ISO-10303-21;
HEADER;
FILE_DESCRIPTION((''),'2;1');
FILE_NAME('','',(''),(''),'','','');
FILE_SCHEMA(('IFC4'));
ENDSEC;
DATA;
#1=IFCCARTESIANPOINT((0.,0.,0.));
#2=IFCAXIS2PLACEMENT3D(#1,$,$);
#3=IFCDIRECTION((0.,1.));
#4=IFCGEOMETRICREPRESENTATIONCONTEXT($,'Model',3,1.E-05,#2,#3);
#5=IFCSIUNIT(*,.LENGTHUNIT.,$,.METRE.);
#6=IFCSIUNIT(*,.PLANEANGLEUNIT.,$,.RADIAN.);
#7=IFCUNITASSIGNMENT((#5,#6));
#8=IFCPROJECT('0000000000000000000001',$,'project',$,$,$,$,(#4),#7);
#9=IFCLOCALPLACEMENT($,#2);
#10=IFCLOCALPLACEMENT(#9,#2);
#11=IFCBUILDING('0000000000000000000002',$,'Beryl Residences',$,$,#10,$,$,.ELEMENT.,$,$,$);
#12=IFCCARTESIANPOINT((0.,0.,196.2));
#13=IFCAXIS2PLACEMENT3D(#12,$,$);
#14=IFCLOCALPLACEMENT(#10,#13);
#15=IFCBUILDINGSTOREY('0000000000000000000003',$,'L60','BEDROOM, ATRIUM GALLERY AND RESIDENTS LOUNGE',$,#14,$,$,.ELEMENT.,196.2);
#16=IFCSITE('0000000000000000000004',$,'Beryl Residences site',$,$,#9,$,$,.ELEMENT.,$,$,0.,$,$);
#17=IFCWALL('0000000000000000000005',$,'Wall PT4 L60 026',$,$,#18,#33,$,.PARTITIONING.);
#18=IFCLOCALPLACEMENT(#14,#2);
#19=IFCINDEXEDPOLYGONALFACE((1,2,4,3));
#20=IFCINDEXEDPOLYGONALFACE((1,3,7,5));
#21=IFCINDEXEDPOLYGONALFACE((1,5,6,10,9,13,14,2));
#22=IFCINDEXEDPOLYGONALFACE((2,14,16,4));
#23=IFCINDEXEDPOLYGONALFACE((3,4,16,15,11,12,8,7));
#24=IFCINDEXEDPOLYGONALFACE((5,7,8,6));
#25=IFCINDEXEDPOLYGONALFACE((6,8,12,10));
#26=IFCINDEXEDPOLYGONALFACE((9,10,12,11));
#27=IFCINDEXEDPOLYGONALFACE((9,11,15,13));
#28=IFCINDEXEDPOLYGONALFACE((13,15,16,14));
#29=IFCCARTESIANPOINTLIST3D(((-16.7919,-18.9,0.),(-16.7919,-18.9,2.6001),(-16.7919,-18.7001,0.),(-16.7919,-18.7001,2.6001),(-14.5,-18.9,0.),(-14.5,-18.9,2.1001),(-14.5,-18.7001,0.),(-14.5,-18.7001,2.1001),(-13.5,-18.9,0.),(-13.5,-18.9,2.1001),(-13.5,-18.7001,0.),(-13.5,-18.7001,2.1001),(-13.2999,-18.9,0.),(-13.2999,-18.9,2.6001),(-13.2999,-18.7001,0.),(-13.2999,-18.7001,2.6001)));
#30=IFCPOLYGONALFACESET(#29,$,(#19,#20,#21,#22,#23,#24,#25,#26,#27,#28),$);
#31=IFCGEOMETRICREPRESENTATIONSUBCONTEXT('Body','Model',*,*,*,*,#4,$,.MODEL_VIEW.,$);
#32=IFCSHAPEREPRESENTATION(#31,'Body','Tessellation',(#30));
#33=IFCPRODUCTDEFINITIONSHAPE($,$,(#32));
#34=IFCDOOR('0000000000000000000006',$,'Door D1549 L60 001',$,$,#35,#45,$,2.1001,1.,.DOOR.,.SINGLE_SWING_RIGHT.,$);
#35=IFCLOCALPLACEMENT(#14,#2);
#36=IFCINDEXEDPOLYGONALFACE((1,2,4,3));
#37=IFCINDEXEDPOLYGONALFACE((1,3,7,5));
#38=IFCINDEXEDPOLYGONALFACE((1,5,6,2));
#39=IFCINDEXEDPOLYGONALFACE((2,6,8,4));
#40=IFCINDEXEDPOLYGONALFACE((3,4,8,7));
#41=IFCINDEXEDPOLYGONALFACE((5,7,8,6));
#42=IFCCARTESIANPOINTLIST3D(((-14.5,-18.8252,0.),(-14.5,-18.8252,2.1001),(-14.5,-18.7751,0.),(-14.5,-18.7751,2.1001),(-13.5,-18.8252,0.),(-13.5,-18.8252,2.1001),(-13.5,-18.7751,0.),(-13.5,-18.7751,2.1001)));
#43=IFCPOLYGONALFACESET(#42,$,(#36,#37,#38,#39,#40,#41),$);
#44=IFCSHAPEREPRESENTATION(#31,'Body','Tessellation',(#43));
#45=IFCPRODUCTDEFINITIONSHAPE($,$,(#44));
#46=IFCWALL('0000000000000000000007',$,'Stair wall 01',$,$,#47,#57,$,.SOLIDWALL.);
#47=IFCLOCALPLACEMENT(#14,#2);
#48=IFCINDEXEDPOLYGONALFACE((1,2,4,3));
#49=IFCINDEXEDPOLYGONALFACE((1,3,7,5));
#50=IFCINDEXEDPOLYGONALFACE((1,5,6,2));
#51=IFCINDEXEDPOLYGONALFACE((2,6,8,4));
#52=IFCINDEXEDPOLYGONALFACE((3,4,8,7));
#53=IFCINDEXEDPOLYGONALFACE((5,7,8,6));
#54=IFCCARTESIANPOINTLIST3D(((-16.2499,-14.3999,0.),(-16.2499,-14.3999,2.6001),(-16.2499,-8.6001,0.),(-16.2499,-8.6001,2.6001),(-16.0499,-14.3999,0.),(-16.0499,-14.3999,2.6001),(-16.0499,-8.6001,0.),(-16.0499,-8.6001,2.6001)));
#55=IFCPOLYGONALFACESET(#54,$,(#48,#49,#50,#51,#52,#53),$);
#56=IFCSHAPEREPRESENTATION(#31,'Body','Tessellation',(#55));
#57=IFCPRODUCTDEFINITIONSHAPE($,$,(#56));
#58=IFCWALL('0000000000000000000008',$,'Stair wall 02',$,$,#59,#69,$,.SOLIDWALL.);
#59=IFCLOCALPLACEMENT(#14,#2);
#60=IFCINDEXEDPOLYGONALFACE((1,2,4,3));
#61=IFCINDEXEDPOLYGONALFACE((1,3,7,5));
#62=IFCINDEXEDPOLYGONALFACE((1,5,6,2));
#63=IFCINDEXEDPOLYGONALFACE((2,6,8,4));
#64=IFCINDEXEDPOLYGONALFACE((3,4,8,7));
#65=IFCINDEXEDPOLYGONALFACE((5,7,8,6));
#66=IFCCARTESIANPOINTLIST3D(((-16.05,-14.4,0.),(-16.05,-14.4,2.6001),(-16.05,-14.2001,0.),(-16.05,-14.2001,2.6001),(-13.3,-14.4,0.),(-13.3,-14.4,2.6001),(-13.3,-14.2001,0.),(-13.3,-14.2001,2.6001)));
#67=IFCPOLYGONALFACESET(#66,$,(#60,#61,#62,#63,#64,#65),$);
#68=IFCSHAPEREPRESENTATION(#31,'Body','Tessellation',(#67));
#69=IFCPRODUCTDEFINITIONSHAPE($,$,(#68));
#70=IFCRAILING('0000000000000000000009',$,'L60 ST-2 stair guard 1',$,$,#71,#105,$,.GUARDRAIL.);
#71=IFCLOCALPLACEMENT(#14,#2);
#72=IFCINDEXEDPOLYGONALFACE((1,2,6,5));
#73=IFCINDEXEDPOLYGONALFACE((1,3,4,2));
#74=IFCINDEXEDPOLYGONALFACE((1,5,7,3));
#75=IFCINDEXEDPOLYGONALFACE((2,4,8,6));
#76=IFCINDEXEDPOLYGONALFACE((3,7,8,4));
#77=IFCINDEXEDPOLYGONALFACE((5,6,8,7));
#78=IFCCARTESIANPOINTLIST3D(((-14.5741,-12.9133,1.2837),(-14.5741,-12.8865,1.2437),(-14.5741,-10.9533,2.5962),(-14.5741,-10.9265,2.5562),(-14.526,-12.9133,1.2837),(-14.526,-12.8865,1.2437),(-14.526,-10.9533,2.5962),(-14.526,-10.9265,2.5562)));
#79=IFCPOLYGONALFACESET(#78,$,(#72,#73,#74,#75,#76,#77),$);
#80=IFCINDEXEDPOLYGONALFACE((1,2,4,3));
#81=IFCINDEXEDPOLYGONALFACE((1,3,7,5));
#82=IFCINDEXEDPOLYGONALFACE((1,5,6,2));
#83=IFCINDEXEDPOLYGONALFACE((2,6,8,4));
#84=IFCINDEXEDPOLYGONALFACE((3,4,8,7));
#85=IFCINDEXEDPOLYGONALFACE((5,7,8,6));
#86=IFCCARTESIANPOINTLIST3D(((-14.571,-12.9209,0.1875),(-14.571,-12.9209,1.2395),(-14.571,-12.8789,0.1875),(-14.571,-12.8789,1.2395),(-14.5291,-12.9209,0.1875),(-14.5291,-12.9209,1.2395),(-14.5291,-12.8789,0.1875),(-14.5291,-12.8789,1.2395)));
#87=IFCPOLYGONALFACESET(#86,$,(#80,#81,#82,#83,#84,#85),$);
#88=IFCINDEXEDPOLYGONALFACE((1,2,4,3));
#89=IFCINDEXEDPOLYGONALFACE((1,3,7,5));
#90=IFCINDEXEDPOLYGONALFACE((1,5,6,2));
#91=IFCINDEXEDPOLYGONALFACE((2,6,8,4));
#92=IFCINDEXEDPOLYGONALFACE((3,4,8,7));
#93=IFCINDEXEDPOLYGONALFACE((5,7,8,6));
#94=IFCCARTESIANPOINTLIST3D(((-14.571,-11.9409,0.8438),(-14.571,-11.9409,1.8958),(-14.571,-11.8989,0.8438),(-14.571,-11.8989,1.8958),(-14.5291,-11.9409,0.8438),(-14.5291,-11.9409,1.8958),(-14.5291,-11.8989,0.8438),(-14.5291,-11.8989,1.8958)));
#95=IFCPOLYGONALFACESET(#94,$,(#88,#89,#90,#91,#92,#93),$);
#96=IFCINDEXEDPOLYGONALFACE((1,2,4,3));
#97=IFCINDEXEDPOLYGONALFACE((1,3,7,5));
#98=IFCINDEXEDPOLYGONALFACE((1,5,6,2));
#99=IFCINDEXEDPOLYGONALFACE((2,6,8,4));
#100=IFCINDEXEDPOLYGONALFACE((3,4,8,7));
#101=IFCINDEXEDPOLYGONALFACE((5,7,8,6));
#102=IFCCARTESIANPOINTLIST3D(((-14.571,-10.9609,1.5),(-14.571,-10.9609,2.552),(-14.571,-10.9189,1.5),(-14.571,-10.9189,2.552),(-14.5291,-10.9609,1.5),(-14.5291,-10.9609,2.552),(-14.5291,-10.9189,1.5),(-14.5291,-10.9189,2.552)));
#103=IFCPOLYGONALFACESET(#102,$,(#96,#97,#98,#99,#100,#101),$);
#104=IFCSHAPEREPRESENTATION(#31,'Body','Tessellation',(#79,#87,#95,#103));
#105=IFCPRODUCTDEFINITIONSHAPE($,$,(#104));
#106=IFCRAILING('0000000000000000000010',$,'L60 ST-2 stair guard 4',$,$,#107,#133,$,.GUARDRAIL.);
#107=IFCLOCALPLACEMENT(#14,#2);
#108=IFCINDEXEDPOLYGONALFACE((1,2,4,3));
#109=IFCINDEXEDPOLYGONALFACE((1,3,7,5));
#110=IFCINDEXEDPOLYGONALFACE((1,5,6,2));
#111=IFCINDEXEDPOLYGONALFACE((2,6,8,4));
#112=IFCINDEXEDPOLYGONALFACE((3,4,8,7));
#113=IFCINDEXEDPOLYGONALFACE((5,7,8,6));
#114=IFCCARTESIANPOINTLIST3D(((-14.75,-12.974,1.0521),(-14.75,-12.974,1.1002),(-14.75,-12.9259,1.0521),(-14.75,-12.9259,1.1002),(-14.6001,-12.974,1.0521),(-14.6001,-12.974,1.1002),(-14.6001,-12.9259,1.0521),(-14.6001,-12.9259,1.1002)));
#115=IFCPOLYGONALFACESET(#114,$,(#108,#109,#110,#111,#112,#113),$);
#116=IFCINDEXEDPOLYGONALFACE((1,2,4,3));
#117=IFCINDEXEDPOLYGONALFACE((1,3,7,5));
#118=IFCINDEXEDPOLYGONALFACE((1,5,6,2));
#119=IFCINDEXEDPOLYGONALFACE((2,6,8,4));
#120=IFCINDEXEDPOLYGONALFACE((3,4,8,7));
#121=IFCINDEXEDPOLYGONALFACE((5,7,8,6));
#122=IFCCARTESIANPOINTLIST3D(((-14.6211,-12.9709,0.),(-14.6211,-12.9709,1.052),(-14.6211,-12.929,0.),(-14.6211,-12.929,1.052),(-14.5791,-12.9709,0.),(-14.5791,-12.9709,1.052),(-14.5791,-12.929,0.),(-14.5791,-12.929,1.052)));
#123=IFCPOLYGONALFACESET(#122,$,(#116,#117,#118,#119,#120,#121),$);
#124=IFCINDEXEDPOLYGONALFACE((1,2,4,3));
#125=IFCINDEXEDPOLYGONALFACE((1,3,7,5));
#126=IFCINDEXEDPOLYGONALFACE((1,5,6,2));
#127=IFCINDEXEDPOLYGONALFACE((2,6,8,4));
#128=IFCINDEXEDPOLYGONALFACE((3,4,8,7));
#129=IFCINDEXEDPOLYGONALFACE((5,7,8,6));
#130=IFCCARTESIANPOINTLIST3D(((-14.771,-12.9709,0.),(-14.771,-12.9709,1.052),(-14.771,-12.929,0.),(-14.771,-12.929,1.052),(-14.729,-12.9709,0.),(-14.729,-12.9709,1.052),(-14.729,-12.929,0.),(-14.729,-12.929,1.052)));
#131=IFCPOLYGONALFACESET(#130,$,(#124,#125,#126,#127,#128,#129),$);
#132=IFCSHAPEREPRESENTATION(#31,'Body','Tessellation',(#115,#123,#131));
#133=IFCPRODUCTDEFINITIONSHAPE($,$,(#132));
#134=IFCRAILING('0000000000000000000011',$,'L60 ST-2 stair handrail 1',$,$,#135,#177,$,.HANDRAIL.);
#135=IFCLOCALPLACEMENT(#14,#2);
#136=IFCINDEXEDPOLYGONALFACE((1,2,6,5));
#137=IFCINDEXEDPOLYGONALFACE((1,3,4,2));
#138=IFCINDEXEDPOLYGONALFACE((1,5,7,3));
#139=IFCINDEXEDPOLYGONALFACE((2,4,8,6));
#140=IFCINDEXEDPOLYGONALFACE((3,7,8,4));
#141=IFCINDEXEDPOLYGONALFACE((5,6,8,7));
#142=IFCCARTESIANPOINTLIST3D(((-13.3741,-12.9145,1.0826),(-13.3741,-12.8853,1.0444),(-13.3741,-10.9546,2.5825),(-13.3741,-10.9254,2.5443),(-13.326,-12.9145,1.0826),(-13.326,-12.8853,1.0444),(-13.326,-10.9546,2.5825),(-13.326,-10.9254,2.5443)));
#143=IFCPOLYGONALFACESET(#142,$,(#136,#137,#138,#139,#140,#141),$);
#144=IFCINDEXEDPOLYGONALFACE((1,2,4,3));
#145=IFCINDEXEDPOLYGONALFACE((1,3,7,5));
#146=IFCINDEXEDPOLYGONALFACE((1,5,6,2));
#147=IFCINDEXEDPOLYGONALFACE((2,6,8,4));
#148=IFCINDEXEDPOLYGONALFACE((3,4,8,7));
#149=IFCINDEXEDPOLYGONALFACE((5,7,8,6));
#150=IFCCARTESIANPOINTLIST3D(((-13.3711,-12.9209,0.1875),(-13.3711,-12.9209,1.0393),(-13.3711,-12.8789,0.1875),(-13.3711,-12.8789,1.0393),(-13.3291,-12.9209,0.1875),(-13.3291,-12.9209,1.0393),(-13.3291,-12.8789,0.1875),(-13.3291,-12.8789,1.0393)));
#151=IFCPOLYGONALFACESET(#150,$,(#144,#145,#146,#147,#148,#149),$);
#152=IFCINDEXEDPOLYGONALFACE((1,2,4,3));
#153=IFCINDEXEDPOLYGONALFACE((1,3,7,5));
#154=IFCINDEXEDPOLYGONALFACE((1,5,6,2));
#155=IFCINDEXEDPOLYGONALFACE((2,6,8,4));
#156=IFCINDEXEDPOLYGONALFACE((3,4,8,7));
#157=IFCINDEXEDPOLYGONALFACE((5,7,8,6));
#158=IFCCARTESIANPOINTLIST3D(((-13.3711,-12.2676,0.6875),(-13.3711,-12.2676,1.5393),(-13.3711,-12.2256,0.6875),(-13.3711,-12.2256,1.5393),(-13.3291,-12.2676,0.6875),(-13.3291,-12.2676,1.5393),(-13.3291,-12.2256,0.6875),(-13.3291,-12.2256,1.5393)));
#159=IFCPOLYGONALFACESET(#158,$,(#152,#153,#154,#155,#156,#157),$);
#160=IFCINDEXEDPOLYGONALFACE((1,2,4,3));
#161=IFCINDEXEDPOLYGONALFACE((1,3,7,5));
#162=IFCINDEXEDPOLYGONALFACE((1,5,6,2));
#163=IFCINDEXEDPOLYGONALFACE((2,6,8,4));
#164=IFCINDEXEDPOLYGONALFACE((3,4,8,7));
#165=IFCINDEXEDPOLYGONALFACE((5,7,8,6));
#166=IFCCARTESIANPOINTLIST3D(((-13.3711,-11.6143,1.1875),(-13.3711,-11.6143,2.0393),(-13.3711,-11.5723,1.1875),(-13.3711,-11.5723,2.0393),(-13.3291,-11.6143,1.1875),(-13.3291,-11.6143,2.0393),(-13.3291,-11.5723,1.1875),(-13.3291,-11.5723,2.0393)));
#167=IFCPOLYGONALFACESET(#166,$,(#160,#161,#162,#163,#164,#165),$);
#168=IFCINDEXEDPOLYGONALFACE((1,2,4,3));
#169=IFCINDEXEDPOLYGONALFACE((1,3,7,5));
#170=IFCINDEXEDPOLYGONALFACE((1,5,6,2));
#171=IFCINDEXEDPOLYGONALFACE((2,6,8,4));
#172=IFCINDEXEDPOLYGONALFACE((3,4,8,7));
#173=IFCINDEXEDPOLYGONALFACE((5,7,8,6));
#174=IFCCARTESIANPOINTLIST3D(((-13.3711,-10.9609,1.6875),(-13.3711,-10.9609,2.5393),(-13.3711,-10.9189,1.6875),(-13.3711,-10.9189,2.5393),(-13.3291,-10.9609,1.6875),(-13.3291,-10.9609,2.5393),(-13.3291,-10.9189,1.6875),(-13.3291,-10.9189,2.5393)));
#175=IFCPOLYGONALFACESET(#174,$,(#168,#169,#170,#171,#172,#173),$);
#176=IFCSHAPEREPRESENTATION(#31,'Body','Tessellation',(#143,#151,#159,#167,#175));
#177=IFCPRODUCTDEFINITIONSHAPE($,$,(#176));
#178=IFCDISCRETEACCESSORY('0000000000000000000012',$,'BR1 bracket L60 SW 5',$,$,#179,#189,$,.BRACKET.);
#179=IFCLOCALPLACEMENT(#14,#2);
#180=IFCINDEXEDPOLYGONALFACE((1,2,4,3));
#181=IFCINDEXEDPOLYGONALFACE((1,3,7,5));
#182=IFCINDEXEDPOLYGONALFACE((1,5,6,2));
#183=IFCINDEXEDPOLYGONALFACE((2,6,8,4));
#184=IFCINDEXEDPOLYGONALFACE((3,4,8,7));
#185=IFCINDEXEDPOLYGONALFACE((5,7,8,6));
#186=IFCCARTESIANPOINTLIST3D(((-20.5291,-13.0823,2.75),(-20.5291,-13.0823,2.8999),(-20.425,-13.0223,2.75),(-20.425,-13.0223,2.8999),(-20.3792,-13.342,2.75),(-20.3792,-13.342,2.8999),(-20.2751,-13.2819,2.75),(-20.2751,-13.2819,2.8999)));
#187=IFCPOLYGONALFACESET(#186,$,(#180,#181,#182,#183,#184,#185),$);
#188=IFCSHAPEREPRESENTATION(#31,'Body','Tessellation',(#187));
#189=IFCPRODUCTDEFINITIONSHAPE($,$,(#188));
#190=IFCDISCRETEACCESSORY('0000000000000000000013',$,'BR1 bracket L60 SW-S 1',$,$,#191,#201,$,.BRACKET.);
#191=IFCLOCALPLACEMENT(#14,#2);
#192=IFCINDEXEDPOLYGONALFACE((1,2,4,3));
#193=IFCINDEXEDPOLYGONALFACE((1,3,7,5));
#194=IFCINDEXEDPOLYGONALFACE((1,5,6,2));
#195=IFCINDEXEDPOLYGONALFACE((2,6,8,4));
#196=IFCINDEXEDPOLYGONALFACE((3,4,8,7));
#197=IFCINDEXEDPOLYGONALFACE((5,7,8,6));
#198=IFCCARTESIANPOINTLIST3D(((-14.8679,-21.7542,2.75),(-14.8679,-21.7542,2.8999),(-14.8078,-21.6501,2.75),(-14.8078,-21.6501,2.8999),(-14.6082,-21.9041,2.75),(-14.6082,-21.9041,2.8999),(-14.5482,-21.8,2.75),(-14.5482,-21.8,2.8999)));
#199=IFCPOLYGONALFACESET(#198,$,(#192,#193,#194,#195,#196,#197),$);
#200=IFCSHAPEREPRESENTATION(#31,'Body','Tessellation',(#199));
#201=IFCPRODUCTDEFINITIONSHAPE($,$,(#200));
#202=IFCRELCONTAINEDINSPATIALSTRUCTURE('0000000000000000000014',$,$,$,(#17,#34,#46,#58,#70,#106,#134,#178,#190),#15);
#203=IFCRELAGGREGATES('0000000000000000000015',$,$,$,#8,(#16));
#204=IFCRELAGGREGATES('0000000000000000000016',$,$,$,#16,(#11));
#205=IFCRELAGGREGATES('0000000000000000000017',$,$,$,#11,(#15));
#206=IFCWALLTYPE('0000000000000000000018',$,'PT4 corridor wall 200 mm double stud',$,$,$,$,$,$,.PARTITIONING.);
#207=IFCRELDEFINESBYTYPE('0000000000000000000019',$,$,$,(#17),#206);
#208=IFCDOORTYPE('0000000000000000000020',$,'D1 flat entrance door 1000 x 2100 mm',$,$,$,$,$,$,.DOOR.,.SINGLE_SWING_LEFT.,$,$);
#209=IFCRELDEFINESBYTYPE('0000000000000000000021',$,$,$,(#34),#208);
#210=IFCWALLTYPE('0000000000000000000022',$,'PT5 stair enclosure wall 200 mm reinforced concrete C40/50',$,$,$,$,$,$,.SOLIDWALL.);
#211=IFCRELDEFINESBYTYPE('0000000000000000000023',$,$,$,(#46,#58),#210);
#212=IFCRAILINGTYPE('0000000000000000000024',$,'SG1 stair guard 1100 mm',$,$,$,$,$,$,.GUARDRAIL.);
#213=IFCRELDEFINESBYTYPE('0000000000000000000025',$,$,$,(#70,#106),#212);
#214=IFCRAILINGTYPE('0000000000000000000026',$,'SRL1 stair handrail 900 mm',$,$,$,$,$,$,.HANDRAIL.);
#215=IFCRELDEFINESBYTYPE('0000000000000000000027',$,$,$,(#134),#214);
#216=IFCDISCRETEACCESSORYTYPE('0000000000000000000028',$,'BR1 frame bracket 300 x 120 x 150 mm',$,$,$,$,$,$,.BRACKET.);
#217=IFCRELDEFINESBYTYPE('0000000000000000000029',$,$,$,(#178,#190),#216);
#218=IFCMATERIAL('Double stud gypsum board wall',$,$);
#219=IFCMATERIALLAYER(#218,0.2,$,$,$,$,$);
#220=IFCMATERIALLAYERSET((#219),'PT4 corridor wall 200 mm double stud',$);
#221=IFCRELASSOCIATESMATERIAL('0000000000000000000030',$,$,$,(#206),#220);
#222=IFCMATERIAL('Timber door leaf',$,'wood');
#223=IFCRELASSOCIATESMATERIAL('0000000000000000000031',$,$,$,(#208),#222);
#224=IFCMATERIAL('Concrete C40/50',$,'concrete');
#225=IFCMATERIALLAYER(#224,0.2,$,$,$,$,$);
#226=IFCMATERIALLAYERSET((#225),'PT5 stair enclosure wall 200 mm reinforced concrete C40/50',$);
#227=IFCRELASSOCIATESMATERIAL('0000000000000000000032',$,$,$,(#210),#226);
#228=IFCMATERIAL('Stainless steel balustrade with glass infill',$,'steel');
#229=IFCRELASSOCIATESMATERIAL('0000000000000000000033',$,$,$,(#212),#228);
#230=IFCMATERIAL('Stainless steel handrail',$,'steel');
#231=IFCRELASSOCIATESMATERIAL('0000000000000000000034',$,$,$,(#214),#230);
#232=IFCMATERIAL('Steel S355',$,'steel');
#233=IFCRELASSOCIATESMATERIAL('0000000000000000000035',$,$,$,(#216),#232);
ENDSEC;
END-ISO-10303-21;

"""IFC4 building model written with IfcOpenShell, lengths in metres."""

from ifc_helpers import new_model, si_unit, direction, frame, frame_2d, origin, origin_2d, place, context, subcontext, project, spatial, polyline, rectangle, outline, extrude, source, transform, mapped, material, layer, layer_set, type_object, type_shapes, element, fill, save


model = new_model("IFC4")

# Units and contexts
model_context = context("Model", 3, precision=1e-05, world=origin(), true_north=direction((0.0, 1.0)))
body_context = subcontext(model_context, "Body", "Model", "MODEL_VIEW")
ifc_project = project(units=[si_unit("LENGTHUNIT", "METRE"), si_unit("PLANEANGLEUNIT", "RADIAN")], contexts=[model_context])

# Site, building, storey
site_placement = place(None, origin())
site = spatial("IfcSite", under=ifc_project, at=site_placement, Name="Beryl Residences site", CompositionType="ELEMENT", RefElevation=0.0)
building_placement = place(site_placement, origin())
building = spatial("IfcBuilding", under=site, at=building_placement, Name="Beryl Residences", CompositionType="ELEMENT")
storey_placement = place(building_placement, frame((0.0, 0.0, 196.2)))
storey = spatial("IfcBuildingStorey", under=building, at=storey_placement, Name="L60", Description="BEDROOM, ATRIUM GALLERY AND RESIDENTS LOUNGE", CompositionType="ELEMENT", Elevation=196.2)

# Wall, opening, door
ifc_material_1 = material(Name="Double stud gypsum board wall")
ifc_layer_1 = layer(ifc_material_1, 0.2)
ifc_layer_set_1 = layer_set([ifc_layer_1], Name="PT4 corridor wall 200 mm double stud")
wall_type_1 = type_object("IfcWallType", Name="PT4 corridor wall 200 mm double stud", PredefinedType="PARTITIONING", material=ifc_layer_set_1)
wall_1_placement = place(storey_placement, frame((-16.792, -18.8, 0.0), z_axis=(0.0, 0.0, 1.0), x_axis=(1.0, 0.0, 0.0)))
wall_1 = element("IfcWall", 1, at=wall_1_placement, inside=storey, type_object=wall_type_1, Name="Wall PT4 L60 026", PredefinedType="PARTITIONING", context=body_context, shape_type="SweptSolid", body=[
    extrude(rectangle(XDim=3.4919, YDim=0.2, at=frame_2d((1.7461, 0.0))), origin(), (0.0, 0.0, 1.0), 2.6001),
])
opening_1_placement = place(wall_1_placement, frame((2.292, 0.0, 0.0)))
opening_1 = element("IfcOpeningElement", 2, at=opening_1_placement, cuts=wall_1, PredefinedType="OPENING", context=body_context, shape_type="SweptSolid", body=[
    extrude(rectangle(XDim=1.0, YDim=2.1001, at=frame_2d((0.5, 1.05))), frame((0.0, 0.1099, 0.0), z_axis=(0.0, -1.0, 0.0), x_axis=(1.0, 0.0, 0.0)), (0.0, 0.0, 1.0), 0.22),
])
ifc_material_2 = material(Name="Timber door leaf", Category="wood")
door_type_1 = type_object("IfcDoorType", Name="D1 flat entrance door 1000 x 2100 mm", OperationType="SINGLE_SWING_LEFT", PredefinedType="DOOR", material=ifc_material_2)
door_1_placement = place(opening_1_placement, origin())
door_1 = element("IfcDoor", 3, at=door_1_placement, inside=storey, type_object=door_type_1, Name="Door D1549 L60 001", OperationType="SINGLE_SWING_RIGHT", OverallHeight=2.1001, OverallWidth=1.0, PredefinedType="DOOR", context=body_context, shape_type="SweptSolid", body=[
    extrude(rectangle(XDim=1.0, YDim=2.1001, at=frame_2d((0.5, 1.05))), frame((0.0, 0.0249, 0.0), z_axis=(0.0, -1.0, 0.0), x_axis=(1.0, 0.0, 0.0)), (0.0, 0.0, 1.0), 0.05),
])
fill(opening_1, door_1)

# Walls
ifc_material_3 = material(Name="Concrete C40/50", Category="concrete")
ifc_layer_2 = layer(ifc_material_3, 0.2)
ifc_layer_set_2 = layer_set([ifc_layer_2], Name="PT5 stair enclosure wall 200 mm reinforced concrete C40/50")
wall_type_2 = type_object("IfcWallType", Name="PT5 stair enclosure wall 200 mm reinforced concrete C40/50", PredefinedType="SOLIDWALL", material=ifc_layer_set_2)
wall_2_placement = place(storey_placement, frame((-16.1499, -14.3999, 0.0), z_axis=(0.0, 0.0, 1.0), x_axis=(0.0, 1.0, 0.0)))
element("IfcWall", 4, at=wall_2_placement, inside=storey, type_object=wall_type_2, Name="Stair wall 01", PredefinedType="SOLIDWALL", context=body_context, shape_type="SweptSolid", body=[
    extrude(rectangle(XDim=5.7998, YDim=0.2, at=frame_2d((2.8999, 0.0))), origin(), (0.0, 0.0, 1.0), 2.6001),
])
wall_3_placement = place(storey_placement, frame((-16.05, -14.3, 0.0), z_axis=(0.0, 0.0, 1.0), x_axis=(1.0, 0.0, 0.0)))
element("IfcWall", 5, at=wall_3_placement, inside=storey, type_object=wall_type_2, Name="Stair wall 02", PredefinedType="SOLIDWALL", context=body_context, shape_type="SweptSolid", body=[
    extrude(rectangle(XDim=2.75, YDim=0.2, at=frame_2d((1.375, 0.0))), origin(), (0.0, 0.0, 1.0), 2.6001),
])

# Railings
ifc_material_4 = material(Name="Stainless steel balustrade with glass infill", Category="steel")
railing_type_1 = type_object("IfcRailingType", Name="SG1 stair guard 1100 mm", PredefinedType="GUARDRAIL", material=ifc_material_4)
railing_1_placement = place(storey_placement, frame((-14.55, -12.8999, 0.1875)))
element("IfcRailing", 6, at=railing_1_placement, inside=storey, type_object=railing_type_1, Name="L60 ST-2 stair guard 1", PredefinedType="GUARDRAIL", context=body_context, shape_type="SweptSolid", body=[
    extrude(rectangle(XDim=0.0481, YDim=0.0481, at=origin_2d()), frame((0.0, 0.0, 1.0762), z_axis=(0.0, 0.830902, 0.556419), x_axis=(-1.0, 0.0, 0.0)), (0.0, 0.0, 1.0), 2.3589),
    extrude(rectangle(XDim=0.042, YDim=0.042, at=origin_2d()), origin(), (0.0, 0.0, 1.0), 1.052),
    extrude(rectangle(XDim=0.042, YDim=0.042, at=origin_2d()), frame((0.0, 0.98, 0.6562)), (0.0, 0.0, 1.0), 1.052),
    extrude(rectangle(XDim=0.042, YDim=0.042, at=origin_2d()), frame((0.0, 1.96, 1.3125)), (0.0, 0.0, 1.0), 1.052),
])
railing_2_placement = place(storey_placement, frame((-14.6001, -12.95, 0.0)))
element("IfcRailing", 7, at=railing_2_placement, inside=storey, type_object=railing_type_1, Name="L60 ST-2 stair guard 4", PredefinedType="GUARDRAIL", context=body_context, shape_type="SweptSolid", body=[
    extrude(rectangle(XDim=0.0481, YDim=0.0481, at=origin_2d()), frame((0.0, 0.0, 1.0762), z_axis=(-1.0, 0.0, 0.0), x_axis=(0.0, -1.0, 0.0)), (0.0, 0.0, 1.0), 0.1499),
    extrude(rectangle(XDim=0.042, YDim=0.042, at=origin_2d()), origin(), (0.0, 0.0, 1.0), 1.052),
    extrude(rectangle(XDim=0.042, YDim=0.042, at=origin_2d()), frame((-0.1499, 0.0, 0.0)), (0.0, 0.0, 1.0), 1.052),
])
ifc_material_5 = material(Name="Stainless steel handrail", Category="steel")
railing_type_2 = type_object("IfcRailingType", Name="SRL1 stair handrail 900 mm", PredefinedType="HANDRAIL", material=ifc_material_5)
railing_3_placement = place(storey_placement, frame((-13.3501, -12.8999, 0.1875)))
element("IfcRailing", 8, at=railing_3_placement, inside=storey, type_object=railing_type_2, Name="L60 ST-2 stair handrail 1", PredefinedType="HANDRAIL", context=body_context, shape_type="SweptSolid", body=[
    extrude(rectangle(XDim=0.0481, YDim=0.0481, at=origin_2d()), frame((0.0, 0.0, 0.876), z_axis=(0.0, 0.794122, 0.607758), x_axis=(-1.0, 0.0, 0.0)), (0.0, 0.0, 1.0), 2.468),
    extrude(rectangle(XDim=0.042, YDim=0.042, at=origin_2d()), origin(), (0.0, 0.0, 1.0), 0.8518),
    extrude(rectangle(XDim=0.042, YDim=0.042, at=origin_2d()), frame((0.0, 0.6533, 0.5)), (0.0, 0.0, 1.0), 0.8518),
    extrude(rectangle(XDim=0.042, YDim=0.042, at=origin_2d()), frame((0.0, 1.3066, 1.0)), (0.0, 0.0, 1.0), 0.8518),
    extrude(rectangle(XDim=0.042, YDim=0.042, at=origin_2d()), frame((0.0, 1.96, 1.5)), (0.0, 0.0, 1.0), 0.8518),
])

# Discrete accessories
ifc_material_6 = material(Name="Steel S355", Category="steel")
discrete_accessory_type = type_object("IfcDiscreteAccessoryType", Name="BR1 frame bracket 300 x 120 x 150 mm", PredefinedType="BRACKET", material=ifc_material_6)
shared_shape_1 = source(origin(), body_context, "Body", "SweptSolid", [
    extrude(outline(polyline([(-0.1499, 0.0), (0.1499, 0.0), (0.1499, 0.1201), (-0.1499, 0.1201), (-0.1499, 0.0)])), origin(), (0.0, 0.0, 1.0), 0.1499),
])
type_shapes(discrete_accessory_type, [shared_shape_1])
for number, where, z_axis, x_axis, name in (
    (9, (-20.3501, -13.1521, 2.75), (0.0, 0.0, 1.0), (-0.5, 0.866025, 0.0), "BR1 bracket L60 SW 5"),
    (10, (-14.678, -21.7251, 2.75), (0.0, 0.0, 1.0), (-0.866025, 0.5, 0.0), "BR1 bracket L60 SW-S 1"),
):
    element("IfcDiscreteAccessory", number, at=place(storey_placement, frame(where, z_axis=z_axis, x_axis=x_axis)), inside=storey, type_object=discrete_accessory_type, Name=name, PredefinedType="BRACKET", context=body_context, shape_type="MappedRepresentation", body=[
        mapped(shared_shape_1, transform((0.0, 0.0, 0.0))),
    ])

save(model, "model.ifc")
